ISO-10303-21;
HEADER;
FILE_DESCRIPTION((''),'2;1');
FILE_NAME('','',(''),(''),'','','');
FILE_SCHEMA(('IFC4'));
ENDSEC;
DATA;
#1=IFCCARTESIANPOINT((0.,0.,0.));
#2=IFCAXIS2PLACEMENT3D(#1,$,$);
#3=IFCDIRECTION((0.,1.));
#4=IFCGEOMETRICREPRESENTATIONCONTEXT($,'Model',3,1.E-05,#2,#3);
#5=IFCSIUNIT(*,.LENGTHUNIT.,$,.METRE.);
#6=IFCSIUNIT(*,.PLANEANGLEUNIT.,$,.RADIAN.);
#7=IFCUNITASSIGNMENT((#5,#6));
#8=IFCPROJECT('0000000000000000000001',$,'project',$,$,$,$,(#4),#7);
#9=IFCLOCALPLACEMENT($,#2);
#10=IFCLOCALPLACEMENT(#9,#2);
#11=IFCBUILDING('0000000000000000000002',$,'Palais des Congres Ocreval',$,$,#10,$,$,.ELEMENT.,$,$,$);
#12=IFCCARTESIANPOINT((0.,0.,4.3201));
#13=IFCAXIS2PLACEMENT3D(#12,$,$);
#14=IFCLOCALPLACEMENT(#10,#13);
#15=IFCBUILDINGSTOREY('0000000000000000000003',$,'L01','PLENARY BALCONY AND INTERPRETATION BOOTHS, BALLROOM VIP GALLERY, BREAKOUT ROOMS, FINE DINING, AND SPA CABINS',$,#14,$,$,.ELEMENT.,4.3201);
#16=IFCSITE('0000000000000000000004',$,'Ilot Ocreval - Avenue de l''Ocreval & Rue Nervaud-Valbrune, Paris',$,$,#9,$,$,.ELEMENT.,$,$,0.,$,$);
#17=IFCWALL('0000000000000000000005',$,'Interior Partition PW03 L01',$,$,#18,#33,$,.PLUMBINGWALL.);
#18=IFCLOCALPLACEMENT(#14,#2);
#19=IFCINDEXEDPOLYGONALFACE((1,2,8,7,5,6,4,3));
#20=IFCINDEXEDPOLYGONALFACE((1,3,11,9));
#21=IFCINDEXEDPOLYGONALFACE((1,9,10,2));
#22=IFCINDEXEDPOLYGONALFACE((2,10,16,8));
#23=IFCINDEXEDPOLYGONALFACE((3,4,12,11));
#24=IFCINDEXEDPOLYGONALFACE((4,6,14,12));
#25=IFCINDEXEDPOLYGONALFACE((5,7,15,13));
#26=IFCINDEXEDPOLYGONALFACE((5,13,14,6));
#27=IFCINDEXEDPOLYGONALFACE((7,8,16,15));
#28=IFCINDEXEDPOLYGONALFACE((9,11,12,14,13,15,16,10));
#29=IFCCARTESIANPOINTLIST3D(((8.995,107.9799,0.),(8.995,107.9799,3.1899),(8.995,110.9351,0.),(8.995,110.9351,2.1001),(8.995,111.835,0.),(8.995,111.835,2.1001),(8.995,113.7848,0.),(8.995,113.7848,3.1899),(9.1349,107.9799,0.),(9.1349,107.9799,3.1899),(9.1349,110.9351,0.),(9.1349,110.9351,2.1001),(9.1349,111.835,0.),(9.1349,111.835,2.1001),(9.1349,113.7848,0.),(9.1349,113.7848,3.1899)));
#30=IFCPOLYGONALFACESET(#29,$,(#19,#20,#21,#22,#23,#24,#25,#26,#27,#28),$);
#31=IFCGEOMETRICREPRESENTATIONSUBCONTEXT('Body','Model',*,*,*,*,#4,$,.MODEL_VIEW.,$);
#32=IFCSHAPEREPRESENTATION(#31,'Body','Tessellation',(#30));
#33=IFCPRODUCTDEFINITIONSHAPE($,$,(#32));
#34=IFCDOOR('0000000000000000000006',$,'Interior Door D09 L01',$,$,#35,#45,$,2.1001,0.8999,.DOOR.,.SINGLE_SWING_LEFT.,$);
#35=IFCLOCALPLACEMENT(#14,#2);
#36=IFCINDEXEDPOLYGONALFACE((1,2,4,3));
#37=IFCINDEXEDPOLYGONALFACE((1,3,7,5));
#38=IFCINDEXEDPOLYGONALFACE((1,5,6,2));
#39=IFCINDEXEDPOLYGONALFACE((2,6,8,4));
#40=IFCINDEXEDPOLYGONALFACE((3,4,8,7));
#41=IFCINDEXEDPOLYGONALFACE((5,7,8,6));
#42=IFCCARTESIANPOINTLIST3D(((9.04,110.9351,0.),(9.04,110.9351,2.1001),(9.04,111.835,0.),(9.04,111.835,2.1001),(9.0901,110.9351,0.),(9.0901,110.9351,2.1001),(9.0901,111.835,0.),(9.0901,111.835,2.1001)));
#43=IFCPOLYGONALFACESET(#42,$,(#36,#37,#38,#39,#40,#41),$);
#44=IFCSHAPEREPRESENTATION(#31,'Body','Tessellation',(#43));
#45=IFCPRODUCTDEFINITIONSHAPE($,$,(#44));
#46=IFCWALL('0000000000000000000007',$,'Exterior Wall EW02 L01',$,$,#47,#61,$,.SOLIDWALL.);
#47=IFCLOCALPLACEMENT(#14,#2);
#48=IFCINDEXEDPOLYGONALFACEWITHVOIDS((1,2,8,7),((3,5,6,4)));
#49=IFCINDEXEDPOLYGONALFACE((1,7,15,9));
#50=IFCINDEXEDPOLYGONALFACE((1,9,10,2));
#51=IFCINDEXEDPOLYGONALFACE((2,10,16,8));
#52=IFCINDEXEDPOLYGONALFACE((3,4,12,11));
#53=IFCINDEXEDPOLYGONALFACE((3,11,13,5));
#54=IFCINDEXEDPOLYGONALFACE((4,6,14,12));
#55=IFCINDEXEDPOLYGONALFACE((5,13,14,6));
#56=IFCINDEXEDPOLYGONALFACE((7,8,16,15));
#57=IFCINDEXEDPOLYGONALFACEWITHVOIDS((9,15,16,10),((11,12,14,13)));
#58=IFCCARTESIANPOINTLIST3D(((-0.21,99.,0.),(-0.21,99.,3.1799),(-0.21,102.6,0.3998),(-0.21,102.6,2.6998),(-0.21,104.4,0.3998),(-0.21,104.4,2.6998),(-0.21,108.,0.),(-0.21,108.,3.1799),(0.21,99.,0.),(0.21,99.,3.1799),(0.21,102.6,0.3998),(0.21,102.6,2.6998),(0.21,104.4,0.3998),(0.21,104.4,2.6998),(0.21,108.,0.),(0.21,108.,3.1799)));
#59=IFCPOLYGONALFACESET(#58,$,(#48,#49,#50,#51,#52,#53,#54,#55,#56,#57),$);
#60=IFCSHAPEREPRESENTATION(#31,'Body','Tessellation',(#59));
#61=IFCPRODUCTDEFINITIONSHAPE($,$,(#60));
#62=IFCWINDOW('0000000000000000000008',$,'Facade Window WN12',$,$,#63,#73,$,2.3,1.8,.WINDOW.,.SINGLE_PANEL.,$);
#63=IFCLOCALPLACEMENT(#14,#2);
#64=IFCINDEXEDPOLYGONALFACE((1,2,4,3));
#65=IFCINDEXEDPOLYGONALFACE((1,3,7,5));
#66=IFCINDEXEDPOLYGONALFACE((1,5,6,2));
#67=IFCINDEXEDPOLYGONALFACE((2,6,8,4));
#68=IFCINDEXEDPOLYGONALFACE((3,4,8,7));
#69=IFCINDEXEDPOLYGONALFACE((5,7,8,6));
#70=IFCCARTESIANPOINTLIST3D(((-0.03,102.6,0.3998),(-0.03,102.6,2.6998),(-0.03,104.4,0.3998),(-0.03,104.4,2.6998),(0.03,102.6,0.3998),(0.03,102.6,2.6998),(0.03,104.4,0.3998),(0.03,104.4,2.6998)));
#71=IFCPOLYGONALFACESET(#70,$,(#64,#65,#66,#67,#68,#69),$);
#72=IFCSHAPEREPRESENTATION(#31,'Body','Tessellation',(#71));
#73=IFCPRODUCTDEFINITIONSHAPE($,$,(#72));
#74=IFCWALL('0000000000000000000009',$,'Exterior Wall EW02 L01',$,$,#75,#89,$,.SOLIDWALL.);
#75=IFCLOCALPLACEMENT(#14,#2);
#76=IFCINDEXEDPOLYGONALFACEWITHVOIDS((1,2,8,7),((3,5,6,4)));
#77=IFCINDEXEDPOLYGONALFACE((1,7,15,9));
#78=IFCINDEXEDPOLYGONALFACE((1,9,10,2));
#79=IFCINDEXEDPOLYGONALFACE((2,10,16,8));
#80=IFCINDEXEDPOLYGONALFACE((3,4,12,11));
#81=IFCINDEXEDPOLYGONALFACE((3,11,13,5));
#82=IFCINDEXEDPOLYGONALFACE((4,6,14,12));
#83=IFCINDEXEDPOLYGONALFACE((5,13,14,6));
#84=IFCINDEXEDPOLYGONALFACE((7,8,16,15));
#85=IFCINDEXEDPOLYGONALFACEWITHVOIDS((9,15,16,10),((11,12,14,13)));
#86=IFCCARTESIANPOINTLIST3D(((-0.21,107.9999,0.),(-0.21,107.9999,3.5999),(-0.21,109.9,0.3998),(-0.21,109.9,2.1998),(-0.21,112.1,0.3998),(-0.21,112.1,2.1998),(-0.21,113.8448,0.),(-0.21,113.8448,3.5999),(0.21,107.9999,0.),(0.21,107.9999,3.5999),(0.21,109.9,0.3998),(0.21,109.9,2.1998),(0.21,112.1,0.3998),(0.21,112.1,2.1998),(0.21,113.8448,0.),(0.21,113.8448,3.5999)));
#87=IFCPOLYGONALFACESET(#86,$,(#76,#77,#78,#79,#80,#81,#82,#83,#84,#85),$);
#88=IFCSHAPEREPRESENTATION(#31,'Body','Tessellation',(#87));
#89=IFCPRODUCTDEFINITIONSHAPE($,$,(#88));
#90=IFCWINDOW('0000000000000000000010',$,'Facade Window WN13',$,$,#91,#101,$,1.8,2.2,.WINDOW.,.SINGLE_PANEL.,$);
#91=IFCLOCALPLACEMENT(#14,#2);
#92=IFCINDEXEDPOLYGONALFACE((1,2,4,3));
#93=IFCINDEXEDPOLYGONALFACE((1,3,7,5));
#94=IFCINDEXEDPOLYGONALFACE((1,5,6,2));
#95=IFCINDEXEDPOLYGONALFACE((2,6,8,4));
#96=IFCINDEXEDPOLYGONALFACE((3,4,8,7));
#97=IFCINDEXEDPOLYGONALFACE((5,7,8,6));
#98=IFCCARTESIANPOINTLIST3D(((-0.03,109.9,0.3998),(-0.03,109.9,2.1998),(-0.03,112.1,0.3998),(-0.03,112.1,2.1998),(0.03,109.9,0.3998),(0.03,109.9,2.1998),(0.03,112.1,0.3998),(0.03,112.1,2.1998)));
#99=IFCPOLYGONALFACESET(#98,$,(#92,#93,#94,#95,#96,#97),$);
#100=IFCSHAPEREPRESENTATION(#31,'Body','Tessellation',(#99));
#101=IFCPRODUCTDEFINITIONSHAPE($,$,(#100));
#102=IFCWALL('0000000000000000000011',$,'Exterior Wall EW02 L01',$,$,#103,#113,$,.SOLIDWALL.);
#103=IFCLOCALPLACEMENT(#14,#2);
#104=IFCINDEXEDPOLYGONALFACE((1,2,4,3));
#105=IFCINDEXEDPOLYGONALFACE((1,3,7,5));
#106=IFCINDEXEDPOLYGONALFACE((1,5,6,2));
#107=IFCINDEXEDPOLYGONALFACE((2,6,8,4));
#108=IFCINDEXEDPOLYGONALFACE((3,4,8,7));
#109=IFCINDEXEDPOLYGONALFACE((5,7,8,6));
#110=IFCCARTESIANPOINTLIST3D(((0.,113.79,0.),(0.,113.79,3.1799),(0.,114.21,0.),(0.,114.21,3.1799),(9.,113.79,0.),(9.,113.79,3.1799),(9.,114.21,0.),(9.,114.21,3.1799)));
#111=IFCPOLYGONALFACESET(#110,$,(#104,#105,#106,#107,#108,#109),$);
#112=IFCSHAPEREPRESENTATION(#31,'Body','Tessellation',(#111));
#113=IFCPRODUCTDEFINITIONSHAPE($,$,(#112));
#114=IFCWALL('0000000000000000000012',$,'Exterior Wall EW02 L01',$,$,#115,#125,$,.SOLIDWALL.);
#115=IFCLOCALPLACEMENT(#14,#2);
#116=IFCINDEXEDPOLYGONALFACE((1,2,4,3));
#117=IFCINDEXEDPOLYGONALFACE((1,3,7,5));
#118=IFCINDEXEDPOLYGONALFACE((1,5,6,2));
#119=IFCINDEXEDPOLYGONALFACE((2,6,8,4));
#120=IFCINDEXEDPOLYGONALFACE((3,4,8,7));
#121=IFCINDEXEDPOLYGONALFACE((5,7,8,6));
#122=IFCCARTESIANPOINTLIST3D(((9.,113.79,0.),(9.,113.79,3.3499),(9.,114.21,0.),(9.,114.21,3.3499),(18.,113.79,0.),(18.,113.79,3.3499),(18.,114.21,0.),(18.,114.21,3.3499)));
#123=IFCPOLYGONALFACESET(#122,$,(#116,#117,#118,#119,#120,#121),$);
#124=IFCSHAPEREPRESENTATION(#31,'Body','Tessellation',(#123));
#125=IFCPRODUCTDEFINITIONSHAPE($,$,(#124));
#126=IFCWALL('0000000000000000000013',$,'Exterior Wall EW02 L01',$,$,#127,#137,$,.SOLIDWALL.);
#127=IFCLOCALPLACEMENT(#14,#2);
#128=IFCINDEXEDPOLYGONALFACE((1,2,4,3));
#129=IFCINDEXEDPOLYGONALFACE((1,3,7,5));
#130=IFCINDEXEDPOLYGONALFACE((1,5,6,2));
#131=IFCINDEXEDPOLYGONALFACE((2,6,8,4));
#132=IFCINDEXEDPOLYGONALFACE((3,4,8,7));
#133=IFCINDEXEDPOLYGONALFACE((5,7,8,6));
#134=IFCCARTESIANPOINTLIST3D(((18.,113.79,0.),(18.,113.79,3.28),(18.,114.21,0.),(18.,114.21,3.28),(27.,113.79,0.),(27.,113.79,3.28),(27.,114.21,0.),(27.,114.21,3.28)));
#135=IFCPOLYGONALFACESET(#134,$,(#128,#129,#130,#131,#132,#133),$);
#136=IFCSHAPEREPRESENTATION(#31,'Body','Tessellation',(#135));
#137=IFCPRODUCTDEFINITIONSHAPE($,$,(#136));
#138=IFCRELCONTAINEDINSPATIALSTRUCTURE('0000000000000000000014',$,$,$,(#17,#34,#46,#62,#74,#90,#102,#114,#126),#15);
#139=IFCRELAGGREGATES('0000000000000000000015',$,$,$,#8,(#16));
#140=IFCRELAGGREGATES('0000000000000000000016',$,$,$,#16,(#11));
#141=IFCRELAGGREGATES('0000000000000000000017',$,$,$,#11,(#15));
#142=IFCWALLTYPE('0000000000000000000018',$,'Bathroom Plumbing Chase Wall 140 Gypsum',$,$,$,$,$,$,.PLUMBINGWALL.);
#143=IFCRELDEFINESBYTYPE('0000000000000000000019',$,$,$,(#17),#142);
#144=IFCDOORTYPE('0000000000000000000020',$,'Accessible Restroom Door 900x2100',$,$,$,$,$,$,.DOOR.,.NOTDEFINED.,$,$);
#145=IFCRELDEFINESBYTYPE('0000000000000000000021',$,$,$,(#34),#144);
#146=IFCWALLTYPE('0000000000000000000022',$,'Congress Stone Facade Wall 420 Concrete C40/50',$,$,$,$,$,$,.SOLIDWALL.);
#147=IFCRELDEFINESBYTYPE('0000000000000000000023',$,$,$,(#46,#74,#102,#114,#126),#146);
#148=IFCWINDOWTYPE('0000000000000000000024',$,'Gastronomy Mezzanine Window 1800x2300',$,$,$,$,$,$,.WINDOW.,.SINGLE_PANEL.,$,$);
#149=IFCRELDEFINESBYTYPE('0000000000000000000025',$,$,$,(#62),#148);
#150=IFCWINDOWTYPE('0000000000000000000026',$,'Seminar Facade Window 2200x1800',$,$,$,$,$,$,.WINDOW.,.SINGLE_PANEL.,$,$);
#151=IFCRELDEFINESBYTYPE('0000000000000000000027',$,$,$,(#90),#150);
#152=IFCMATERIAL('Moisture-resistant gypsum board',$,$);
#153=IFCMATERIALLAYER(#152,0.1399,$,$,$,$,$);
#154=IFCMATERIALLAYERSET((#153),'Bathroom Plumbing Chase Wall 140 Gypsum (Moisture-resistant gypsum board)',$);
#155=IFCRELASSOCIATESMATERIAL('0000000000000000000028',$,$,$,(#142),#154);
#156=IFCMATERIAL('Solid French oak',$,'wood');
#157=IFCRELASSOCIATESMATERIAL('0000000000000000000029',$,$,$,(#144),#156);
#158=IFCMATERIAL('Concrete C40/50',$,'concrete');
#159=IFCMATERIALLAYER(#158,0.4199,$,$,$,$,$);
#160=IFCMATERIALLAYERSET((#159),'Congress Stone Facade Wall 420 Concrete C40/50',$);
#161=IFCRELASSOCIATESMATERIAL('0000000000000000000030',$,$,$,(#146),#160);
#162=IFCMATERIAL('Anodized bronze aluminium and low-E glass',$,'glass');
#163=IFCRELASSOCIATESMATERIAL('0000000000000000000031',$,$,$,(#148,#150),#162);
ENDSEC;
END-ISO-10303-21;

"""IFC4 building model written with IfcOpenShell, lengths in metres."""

from ifc_helpers import new_model, si_unit, direction, frame, frame_2d, origin, place, context, subcontext, project, spatial, rectangle, extrude, material, layer, layer_set, type_object, element, fill, save


model = new_model("IFC4")

# Units and contexts
model_context = context("Model", 3, precision=1e-05, world=origin(), true_north=direction((0.0, 1.0)))
body_context = subcontext(model_context, "Body", "Model", "MODEL_VIEW")
ifc_project = project(units=[si_unit("LENGTHUNIT", "METRE"), si_unit("PLANEANGLEUNIT", "RADIAN")], contexts=[model_context])

# Site, building, storey
site_placement = place(None, origin())
site = spatial("IfcSite", under=ifc_project, at=site_placement, Name="Ilot Ocreval - Avenue de l'Ocreval & Rue Nervaud-Valbrune, Paris", CompositionType="ELEMENT", RefElevation=0.0)
building_placement = place(site_placement, origin())
building = spatial("IfcBuilding", under=site, at=building_placement, Name="Palais des Congres Ocreval", CompositionType="ELEMENT")
storey_placement = place(building_placement, frame((0.0, 0.0, 4.3201)))
storey = spatial("IfcBuildingStorey", under=building, at=storey_placement, Name="L01", Description="PLENARY BALCONY AND INTERPRETATION BOOTHS, BALLROOM VIP GALLERY, BREAKOUT ROOMS, FINE DINING, AND SPA CABINS", CompositionType="ELEMENT", Elevation=4.3201)

# Shared definitions
ifc_material_1 = material(Name="Moisture-resistant gypsum board")
ifc_layer_1 = layer(ifc_material_1, 0.1399)
ifc_layer_set_1 = layer_set([ifc_layer_1], Name="Bathroom Plumbing Chase Wall 140 Gypsum (Moisture-resistant gypsum board)")
wall_type_1 = type_object("IfcWallType", Name="Bathroom Plumbing Chase Wall 140 Gypsum", PredefinedType="PLUMBINGWALL", material=ifc_layer_set_1)

# Wall, opening, door
wall_1_placement = place(storey_placement, frame((9.0649, 107.98, 0.0), z_axis=(0.0, 0.0, 1.0), x_axis=(0.0, 1.0, 0.0)))
wall_1 = element("IfcWall", 1, at=wall_1_placement, inside=storey, type_object=wall_type_1, Name="Interior Partition PW03 L01", PredefinedType="PLUMBINGWALL", context=body_context, shape_type="SweptSolid", body=[
    extrude(rectangle(XDim=5.8049, YDim=0.1399, at=frame_2d((2.9023, 0.0))), origin(), (0.0, 0.0, 1.0), 3.1899),
])
opening_1_placement = place(wall_1_placement, frame((2.9551, 0.0, 0.0)))
opening_1 = element("IfcOpeningElement", 2, at=opening_1_placement, cuts=wall_1, PredefinedType="OPENING", context=body_context, shape_type="SweptSolid", body=[
    extrude(rectangle(XDim=0.8999, YDim=2.1001, at=frame_2d((0.45, 1.05))), frame((0.0, 0.0798, 0.0), z_axis=(0.0, -1.0, 0.0), x_axis=(1.0, 0.0, 0.0)), (0.0, 0.0, 1.0), 0.1599),
])
ifc_material_2 = material(Name="Solid French oak", Category="wood")
door_type = type_object("IfcDoorType", Name="Accessible Restroom Door 900x2100", OperationType="NOTDEFINED", PredefinedType="DOOR", material=ifc_material_2)
door_placement = place(opening_1_placement, origin())
door = element("IfcDoor", 3, at=door_placement, inside=storey, type_object=door_type, Name="Interior Door D09 L01", OperationType="SINGLE_SWING_LEFT", OverallHeight=2.1001, OverallWidth=0.8999, PredefinedType="DOOR", context=body_context, shape_type="SweptSolid", body=[
    extrude(rectangle(XDim=0.8999, YDim=2.1001, at=frame_2d((0.45, 1.05))), frame((0.0, 0.0249, 0.0), z_axis=(0.0, -1.0, 0.0), x_axis=(1.0, 0.0, 0.0)), (0.0, 0.0, 1.0), 0.05),
])
fill(opening_1, door)

# Walls, openings, windows
ifc_material_3 = material(Name="Concrete C40/50", Category="concrete")
ifc_layer_2 = layer(ifc_material_3, 0.4199)
ifc_layer_set_2 = layer_set([ifc_layer_2], Name="Congress Stone Facade Wall 420 Concrete C40/50")
wall_type_2 = type_object("IfcWallType", Name="Congress Stone Facade Wall 420 Concrete C40/50", PredefinedType="SOLIDWALL", material=ifc_layer_set_2)
wall_2_placement = place(storey_placement, frame((0.0, 99.0, 0.0), z_axis=(0.0, 0.0, 1.0), x_axis=(0.0, 1.0, 0.0)))
wall_2 = element("IfcWall", 4, at=wall_2_placement, inside=storey, type_object=wall_type_2, Name="Exterior Wall EW02 L01", PredefinedType="SOLIDWALL", context=body_context, shape_type="SweptSolid", body=[
    extrude(rectangle(XDim=9.0, YDim=0.4199, at=frame_2d((4.5, 0.0))), origin(), (0.0, 0.0, 1.0), 3.1799),
])
opening_2_placement = place(wall_2_placement, frame((3.6001, 0.0, 0.3999)))
opening_2 = element("IfcOpeningElement", 5, at=opening_2_placement, cuts=wall_2, PredefinedType="OPENING", context=body_context, shape_type="SweptSolid", body=[
    extrude(rectangle(XDim=1.8, YDim=2.3, at=frame_2d((0.8999, 1.1499))), frame((0.0, 0.22, 0.0), z_axis=(0.0, -1.0, 0.0), x_axis=(1.0, 0.0, 0.0)), (0.0, 0.0, 1.0), 0.4399),
])
ifc_material_4 = material(Name="Anodized bronze aluminium and low-E glass", Category="glass")
window_type_1 = type_object("IfcWindowType", Name="Gastronomy Mezzanine Window 1800x2300", PartitioningType="SINGLE_PANEL", PredefinedType="WINDOW", material=ifc_material_4)
window_1_placement = place(opening_2_placement, origin())
window_1 = element("IfcWindow", 6, at=window_1_placement, inside=storey, type_object=window_type_1, Name="Facade Window WN12", OverallHeight=2.3, OverallWidth=1.8, PartitioningType="SINGLE_PANEL", PredefinedType="WINDOW", context=body_context, shape_type="SweptSolid", body=[
    extrude(rectangle(XDim=1.8, YDim=2.3, at=frame_2d((0.8999, 1.1499))), frame((0.0, 0.03, 0.0), z_axis=(0.0, -1.0, 0.0), x_axis=(1.0, 0.0, 0.0)), (0.0, 0.0, 1.0), 0.0601),
])
fill(opening_2, window_1)
wall_3_placement = place(storey_placement, frame((0.0, 108.0, 0.0), z_axis=(0.0, 0.0, 1.0), x_axis=(0.0, 1.0, 0.0)))
wall_3 = element("IfcWall", 7, at=wall_3_placement, inside=storey, type_object=wall_type_2, Name="Exterior Wall EW02 L01", PredefinedType="SOLIDWALL", context=body_context, shape_type="SweptSolid", body=[
    extrude(rectangle(XDim=5.845, YDim=0.4199, at=frame_2d((2.9224, 0.0))), origin(), (0.0, 0.0, 1.0), 3.5999),
])
opening_3_placement = place(wall_3_placement, frame((1.8999, 0.0, 0.3999)))
opening_3 = element("IfcOpeningElement", 8, at=opening_3_placement, cuts=wall_3, PredefinedType="OPENING", context=body_context, shape_type="SweptSolid", body=[
    extrude(rectangle(XDim=2.2, YDim=1.8, at=frame_2d((1.1001, 0.8999))), frame((0.0, 0.22, 0.0), z_axis=(0.0, -1.0, 0.0), x_axis=(1.0, 0.0, 0.0)), (0.0, 0.0, 1.0), 0.4399),
])
window_type_2 = type_object("IfcWindowType", Name="Seminar Facade Window 2200x1800", PartitioningType="SINGLE_PANEL", PredefinedType="WINDOW", material=ifc_material_4)
window_2_placement = place(opening_3_placement, origin())
window_2 = element("IfcWindow", 9, at=window_2_placement, inside=storey, type_object=window_type_2, Name="Facade Window WN13", OverallHeight=1.8, OverallWidth=2.2, PartitioningType="SINGLE_PANEL", PredefinedType="WINDOW", context=body_context, shape_type="SweptSolid", body=[
    extrude(rectangle(XDim=2.2, YDim=1.8, at=frame_2d((1.1001, 0.8999))), frame((0.0, 0.03, 0.0), z_axis=(0.0, -1.0, 0.0), x_axis=(1.0, 0.0, 0.0)), (0.0, 0.0, 1.0), 0.0601),
])
fill(opening_3, window_2)

# Walls
wall_4_placement = place(storey_placement, frame((0.0, 114.0, 0.0), z_axis=(0.0, 0.0, 1.0), x_axis=(1.0, 0.0, 0.0)))
element("IfcWall", 10, at=wall_4_placement, inside=storey, type_object=wall_type_2, Name="Exterior Wall EW02 L01", PredefinedType="SOLIDWALL", context=body_context, shape_type="SweptSolid", body=[
    extrude(rectangle(XDim=9.0, YDim=0.4199, at=frame_2d((4.5, 0.0))), origin(), (0.0, 0.0, 1.0), 3.1799),
])
wall_5_placement = place(storey_placement, frame((9.0, 114.0, 0.0), z_axis=(0.0, 0.0, 1.0), x_axis=(1.0, 0.0, 0.0)))
element("IfcWall", 11, at=wall_5_placement, inside=storey, type_object=wall_type_2, Name="Exterior Wall EW02 L01", PredefinedType="SOLIDWALL", context=body_context, shape_type="SweptSolid", body=[
    extrude(rectangle(XDim=9.0, YDim=0.4199, at=frame_2d((4.5, 0.0))), origin(), (0.0, 0.0, 1.0), 3.3499),
])
wall_6_placement = place(storey_placement, frame((18.0, 114.0, 0.0), z_axis=(0.0, 0.0, 1.0), x_axis=(1.0, 0.0, 0.0)))
element("IfcWall", 12, at=wall_6_placement, inside=storey, type_object=wall_type_2, Name="Exterior Wall EW02 L01", PredefinedType="SOLIDWALL", context=body_context, shape_type="SweptSolid", body=[
    extrude(rectangle(XDim=9.0, YDim=0.4199, at=frame_2d((4.5, 0.0))), origin(), (0.0, 0.0, 1.0), 3.28),
])

save(model, "model.ifc")
